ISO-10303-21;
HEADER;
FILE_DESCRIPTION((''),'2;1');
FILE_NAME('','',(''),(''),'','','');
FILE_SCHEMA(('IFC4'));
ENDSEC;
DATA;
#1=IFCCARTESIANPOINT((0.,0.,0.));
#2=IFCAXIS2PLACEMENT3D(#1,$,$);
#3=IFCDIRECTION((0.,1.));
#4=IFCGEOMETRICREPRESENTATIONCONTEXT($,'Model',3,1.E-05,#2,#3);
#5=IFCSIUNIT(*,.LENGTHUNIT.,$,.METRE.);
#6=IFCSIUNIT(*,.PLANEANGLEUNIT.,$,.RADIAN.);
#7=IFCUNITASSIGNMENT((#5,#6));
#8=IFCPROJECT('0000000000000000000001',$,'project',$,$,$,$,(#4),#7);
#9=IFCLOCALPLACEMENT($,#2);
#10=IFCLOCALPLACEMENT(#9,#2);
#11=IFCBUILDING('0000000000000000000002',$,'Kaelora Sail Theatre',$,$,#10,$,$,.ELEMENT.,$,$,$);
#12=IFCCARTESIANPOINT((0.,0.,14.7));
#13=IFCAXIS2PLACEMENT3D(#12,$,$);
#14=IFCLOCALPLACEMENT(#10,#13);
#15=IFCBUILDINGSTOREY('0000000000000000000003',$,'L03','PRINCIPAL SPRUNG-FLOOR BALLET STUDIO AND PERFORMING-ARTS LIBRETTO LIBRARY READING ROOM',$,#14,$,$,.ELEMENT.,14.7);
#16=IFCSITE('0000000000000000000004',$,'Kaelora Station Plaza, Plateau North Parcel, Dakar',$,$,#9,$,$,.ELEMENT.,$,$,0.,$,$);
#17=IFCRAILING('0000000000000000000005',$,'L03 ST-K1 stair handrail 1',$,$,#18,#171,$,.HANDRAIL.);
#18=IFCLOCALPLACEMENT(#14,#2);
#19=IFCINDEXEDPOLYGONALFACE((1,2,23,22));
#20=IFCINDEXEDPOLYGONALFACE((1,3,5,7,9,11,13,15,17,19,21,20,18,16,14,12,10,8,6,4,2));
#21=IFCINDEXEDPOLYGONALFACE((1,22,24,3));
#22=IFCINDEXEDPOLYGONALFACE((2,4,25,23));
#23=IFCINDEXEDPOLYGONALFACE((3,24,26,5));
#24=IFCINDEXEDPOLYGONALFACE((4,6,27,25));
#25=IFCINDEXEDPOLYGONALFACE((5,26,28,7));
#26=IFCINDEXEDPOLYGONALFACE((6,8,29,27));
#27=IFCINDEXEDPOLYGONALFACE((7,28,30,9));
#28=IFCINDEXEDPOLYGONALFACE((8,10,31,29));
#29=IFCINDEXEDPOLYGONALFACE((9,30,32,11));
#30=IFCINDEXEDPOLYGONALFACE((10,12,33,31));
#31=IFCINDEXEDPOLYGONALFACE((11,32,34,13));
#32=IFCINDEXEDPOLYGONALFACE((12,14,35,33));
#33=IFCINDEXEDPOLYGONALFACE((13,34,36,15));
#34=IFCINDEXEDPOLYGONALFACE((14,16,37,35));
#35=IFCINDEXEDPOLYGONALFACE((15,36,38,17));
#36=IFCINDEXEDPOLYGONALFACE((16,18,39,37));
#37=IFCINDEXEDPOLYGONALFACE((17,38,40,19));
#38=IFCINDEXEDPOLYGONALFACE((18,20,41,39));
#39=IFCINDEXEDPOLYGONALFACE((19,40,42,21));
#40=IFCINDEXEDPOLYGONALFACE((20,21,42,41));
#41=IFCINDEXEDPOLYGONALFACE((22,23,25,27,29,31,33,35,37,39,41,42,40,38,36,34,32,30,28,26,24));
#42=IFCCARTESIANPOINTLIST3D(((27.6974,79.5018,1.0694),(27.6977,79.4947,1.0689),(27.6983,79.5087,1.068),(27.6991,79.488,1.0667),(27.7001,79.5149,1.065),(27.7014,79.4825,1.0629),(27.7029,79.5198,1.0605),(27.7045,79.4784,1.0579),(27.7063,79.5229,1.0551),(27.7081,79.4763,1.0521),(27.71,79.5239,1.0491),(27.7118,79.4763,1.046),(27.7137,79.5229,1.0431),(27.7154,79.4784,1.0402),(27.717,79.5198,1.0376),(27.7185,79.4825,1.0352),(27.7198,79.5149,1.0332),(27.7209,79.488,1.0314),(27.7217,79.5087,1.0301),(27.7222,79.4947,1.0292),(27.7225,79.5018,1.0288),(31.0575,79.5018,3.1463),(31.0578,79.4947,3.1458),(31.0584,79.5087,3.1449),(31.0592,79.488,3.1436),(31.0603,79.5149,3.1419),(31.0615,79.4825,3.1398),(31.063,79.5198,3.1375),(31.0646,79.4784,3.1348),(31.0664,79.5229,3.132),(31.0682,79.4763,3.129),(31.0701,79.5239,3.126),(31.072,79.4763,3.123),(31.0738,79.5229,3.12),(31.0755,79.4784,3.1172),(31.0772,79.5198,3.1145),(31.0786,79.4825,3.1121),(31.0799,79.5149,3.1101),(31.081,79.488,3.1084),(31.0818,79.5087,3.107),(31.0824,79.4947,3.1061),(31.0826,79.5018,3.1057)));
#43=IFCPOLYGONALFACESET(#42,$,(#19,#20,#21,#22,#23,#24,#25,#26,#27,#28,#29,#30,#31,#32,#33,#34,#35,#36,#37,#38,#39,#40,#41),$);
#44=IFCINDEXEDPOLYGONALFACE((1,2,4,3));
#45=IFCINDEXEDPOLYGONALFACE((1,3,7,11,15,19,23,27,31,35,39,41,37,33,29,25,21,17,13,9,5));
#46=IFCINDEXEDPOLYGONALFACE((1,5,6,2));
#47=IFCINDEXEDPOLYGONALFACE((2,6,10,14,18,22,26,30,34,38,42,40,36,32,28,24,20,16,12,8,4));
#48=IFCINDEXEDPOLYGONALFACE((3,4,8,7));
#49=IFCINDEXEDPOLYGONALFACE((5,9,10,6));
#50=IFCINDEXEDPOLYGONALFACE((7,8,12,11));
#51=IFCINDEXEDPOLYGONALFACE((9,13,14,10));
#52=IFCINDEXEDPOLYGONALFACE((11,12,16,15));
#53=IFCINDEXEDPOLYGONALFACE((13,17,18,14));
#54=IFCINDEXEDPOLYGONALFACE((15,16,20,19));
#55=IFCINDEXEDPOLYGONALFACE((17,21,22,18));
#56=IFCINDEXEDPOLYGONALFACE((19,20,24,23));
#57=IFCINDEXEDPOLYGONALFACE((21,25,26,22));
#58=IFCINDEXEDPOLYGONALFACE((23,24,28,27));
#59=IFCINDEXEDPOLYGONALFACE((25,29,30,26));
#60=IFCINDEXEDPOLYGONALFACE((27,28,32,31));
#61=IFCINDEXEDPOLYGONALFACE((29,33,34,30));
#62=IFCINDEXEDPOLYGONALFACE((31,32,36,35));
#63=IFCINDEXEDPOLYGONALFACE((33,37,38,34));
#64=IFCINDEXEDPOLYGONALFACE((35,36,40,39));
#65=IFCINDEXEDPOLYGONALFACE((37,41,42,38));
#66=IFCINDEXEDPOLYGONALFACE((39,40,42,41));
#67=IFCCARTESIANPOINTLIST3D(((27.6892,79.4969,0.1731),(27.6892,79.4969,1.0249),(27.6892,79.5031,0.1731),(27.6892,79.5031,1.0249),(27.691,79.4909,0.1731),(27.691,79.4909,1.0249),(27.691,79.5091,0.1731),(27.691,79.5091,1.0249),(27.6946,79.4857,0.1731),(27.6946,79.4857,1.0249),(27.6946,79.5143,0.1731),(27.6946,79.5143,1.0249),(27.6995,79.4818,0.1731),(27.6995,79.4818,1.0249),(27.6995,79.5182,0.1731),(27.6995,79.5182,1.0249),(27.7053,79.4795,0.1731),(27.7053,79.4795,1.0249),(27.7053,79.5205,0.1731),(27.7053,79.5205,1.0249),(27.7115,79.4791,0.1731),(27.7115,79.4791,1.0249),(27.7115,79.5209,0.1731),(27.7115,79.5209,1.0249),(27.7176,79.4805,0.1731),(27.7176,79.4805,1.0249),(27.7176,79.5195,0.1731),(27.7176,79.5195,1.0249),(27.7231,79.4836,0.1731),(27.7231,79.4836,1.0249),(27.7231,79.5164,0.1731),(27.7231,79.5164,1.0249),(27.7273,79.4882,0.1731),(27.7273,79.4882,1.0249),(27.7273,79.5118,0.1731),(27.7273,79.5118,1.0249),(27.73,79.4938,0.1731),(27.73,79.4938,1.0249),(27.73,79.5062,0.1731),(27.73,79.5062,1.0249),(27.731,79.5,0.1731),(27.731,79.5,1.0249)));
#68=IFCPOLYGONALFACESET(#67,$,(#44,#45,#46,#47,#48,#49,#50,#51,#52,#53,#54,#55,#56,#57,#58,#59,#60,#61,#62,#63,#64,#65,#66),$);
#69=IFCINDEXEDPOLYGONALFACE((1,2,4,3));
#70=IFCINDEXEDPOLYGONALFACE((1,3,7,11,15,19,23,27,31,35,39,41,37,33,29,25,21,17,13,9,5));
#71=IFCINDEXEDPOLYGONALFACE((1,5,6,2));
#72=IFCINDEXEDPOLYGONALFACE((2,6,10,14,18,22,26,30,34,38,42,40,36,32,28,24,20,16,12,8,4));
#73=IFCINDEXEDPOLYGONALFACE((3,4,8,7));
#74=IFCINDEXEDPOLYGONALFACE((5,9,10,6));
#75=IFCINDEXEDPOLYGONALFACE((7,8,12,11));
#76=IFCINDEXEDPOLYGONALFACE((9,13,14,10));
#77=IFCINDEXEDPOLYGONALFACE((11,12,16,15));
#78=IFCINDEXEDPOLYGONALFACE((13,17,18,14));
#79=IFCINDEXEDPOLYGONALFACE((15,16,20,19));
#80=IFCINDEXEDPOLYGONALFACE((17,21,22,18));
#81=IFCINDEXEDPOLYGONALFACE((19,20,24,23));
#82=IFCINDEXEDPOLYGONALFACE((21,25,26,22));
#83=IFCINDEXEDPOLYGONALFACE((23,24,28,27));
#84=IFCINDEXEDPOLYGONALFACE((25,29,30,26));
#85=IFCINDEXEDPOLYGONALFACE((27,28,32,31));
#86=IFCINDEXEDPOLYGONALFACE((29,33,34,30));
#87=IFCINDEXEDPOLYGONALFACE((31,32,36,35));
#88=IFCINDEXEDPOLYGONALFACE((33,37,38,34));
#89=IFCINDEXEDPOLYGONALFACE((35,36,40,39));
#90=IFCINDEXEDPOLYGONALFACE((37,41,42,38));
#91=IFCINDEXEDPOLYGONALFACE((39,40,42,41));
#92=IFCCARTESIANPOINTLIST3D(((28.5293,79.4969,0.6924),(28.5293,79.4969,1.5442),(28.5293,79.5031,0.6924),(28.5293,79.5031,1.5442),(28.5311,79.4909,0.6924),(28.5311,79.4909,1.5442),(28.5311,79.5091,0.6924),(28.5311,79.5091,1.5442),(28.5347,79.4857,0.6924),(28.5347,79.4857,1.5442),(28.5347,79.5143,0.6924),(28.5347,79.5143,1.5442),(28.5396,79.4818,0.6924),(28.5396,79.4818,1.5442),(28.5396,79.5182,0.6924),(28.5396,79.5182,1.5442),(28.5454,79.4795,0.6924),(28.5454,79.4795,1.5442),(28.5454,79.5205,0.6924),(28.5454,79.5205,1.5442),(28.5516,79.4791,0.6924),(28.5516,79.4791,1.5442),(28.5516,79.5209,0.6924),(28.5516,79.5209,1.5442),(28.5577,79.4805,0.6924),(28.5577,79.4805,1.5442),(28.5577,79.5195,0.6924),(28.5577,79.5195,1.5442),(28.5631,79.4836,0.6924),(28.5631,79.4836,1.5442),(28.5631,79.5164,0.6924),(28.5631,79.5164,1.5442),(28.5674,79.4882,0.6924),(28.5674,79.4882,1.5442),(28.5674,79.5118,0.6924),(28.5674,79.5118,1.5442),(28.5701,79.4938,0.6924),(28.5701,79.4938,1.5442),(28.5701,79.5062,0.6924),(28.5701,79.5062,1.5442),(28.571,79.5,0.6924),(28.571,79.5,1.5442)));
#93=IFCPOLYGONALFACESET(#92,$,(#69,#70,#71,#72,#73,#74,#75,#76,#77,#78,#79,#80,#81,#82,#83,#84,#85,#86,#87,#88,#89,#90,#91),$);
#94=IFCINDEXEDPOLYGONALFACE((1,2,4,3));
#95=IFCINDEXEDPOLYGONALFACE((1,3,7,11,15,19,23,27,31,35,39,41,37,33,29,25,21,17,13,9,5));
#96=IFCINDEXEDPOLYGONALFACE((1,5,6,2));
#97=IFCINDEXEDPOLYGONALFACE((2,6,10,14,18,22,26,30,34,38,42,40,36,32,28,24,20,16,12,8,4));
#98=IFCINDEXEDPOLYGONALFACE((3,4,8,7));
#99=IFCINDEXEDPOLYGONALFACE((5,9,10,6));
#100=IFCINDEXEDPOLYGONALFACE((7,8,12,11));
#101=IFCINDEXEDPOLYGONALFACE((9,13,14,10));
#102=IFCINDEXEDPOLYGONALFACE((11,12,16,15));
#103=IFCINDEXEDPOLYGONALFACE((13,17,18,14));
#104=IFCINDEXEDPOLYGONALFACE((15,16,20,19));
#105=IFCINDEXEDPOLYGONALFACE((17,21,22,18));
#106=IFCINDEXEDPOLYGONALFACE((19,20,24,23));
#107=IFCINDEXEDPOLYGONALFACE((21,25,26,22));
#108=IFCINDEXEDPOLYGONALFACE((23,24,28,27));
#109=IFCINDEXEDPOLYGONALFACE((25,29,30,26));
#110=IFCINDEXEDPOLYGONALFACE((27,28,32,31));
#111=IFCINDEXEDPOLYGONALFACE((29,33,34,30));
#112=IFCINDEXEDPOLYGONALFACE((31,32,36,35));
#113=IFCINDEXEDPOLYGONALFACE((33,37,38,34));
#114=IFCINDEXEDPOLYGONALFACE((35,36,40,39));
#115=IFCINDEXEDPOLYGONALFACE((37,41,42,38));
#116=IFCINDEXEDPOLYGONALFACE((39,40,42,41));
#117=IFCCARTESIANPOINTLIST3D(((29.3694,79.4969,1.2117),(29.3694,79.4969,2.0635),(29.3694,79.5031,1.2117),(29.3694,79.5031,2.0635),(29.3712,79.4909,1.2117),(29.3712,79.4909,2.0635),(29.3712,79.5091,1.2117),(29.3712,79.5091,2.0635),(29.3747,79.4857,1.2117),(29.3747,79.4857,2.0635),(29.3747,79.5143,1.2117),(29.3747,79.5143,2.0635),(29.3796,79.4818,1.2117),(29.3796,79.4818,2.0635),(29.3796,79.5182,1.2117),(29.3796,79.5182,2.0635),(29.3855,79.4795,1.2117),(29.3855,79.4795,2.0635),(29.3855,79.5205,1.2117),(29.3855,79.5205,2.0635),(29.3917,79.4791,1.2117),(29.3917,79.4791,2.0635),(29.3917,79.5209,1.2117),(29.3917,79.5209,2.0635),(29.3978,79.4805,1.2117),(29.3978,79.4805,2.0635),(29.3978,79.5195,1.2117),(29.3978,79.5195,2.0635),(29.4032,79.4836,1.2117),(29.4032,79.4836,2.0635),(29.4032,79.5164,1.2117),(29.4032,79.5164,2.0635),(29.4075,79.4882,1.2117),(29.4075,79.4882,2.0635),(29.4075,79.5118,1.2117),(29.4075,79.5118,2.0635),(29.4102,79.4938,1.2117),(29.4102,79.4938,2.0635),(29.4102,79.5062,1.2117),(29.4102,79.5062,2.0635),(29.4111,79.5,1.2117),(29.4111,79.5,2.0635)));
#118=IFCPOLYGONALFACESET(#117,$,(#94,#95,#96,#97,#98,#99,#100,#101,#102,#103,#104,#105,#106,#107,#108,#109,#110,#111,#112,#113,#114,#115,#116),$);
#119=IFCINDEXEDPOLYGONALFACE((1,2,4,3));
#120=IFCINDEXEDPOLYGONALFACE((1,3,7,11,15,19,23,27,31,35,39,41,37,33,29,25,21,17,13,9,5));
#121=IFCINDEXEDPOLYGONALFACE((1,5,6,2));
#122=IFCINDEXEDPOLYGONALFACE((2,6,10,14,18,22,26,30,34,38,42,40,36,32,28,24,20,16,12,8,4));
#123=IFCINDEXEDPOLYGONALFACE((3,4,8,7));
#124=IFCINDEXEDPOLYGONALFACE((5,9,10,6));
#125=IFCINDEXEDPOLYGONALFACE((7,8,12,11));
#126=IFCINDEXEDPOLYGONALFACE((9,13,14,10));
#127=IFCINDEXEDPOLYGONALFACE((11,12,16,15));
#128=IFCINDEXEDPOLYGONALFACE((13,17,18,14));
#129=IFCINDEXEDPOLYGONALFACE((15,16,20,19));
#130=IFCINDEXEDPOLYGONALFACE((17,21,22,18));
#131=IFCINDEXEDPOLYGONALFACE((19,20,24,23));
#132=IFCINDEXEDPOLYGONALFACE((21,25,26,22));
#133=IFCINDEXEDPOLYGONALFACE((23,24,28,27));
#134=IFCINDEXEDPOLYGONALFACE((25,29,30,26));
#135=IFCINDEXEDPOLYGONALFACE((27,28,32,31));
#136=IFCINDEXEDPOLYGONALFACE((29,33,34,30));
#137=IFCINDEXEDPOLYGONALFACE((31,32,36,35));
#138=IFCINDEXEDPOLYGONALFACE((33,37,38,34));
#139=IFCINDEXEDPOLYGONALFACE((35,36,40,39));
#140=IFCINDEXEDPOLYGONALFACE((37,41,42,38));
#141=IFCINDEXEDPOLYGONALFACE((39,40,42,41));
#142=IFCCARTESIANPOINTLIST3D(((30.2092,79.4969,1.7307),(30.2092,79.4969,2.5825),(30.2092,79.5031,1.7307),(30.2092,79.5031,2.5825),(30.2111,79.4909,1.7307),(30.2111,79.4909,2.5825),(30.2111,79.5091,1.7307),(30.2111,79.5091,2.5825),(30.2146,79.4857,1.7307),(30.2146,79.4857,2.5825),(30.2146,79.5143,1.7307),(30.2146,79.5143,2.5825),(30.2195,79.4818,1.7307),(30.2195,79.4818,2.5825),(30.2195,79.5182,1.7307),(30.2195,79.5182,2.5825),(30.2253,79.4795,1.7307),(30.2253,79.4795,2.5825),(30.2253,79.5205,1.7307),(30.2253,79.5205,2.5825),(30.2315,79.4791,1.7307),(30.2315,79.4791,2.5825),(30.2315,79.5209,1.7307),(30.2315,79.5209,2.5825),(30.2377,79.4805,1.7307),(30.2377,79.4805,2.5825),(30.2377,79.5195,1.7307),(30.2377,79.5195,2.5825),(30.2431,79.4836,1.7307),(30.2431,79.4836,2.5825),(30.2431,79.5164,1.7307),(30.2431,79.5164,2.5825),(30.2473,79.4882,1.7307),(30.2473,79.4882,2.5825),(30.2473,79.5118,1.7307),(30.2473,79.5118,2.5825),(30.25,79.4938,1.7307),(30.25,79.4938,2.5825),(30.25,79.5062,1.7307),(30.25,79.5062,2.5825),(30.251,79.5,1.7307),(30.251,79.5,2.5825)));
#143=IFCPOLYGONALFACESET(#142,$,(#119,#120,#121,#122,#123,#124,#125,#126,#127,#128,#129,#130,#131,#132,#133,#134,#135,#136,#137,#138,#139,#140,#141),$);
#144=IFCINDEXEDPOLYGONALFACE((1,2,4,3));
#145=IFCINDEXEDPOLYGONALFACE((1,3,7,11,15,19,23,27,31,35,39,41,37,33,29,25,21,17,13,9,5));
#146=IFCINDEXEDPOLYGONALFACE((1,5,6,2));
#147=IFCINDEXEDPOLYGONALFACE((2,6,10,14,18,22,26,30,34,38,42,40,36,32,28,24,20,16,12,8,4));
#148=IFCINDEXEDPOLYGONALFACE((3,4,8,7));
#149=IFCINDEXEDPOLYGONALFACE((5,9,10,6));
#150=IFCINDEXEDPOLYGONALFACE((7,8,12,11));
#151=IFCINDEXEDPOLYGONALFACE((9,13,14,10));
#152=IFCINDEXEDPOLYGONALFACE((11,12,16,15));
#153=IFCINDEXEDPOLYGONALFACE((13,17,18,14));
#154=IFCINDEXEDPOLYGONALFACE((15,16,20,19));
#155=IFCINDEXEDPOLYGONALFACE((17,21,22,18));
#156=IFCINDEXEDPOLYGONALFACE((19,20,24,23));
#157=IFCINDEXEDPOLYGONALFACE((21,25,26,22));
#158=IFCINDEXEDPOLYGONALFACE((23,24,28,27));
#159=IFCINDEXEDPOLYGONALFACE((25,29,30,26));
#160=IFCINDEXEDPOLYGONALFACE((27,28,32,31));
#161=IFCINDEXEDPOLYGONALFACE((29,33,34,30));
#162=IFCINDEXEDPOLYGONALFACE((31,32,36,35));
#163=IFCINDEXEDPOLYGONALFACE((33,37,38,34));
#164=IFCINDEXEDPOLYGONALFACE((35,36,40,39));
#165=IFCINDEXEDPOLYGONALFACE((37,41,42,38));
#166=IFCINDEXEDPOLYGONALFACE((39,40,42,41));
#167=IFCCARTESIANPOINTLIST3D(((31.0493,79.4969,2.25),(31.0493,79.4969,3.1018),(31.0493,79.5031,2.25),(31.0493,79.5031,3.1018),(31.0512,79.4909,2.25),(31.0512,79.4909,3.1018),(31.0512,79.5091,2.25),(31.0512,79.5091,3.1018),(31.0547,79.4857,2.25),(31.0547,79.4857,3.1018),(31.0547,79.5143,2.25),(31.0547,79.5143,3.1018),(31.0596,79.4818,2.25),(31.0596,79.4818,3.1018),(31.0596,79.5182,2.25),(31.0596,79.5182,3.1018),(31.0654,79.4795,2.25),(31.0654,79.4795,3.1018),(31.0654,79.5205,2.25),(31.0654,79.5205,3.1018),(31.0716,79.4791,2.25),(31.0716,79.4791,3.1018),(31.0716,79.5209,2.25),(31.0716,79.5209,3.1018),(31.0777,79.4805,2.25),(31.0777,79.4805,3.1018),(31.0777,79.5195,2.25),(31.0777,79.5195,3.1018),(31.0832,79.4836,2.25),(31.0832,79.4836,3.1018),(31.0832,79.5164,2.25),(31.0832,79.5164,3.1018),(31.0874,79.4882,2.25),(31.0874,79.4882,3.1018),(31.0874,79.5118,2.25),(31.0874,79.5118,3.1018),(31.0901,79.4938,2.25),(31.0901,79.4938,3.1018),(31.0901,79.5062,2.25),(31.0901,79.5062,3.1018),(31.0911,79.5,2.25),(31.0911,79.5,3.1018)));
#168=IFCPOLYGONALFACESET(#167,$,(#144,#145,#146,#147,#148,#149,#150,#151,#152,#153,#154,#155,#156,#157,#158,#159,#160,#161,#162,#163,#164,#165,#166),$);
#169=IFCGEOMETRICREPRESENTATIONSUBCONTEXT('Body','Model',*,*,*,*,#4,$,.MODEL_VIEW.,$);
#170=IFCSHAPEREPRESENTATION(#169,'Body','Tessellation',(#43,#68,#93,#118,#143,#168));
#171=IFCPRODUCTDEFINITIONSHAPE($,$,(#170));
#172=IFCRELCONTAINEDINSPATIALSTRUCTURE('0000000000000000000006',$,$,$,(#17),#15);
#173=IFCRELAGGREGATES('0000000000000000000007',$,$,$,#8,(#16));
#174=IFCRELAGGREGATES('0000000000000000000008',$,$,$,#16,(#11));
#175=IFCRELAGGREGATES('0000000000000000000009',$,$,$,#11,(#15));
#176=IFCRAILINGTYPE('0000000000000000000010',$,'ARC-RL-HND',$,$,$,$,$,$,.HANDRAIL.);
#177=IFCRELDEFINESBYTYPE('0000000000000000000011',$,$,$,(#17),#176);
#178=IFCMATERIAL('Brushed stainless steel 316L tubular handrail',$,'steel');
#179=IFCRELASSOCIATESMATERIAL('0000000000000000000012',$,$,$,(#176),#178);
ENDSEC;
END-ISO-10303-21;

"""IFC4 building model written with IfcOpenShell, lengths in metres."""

from ifc_helpers import new_model, si_unit, direction, frame, origin, origin_2d, place, context, subcontext, project, spatial, circle, extrude, material, type_object, element, save


model = new_model("IFC4")

# Units and contexts
model_context = context("Model", 3, precision=1e-05, world=origin(), true_north=direction((0.0, 1.0)))
body_context = subcontext(model_context, "Body", "Model", "MODEL_VIEW")
ifc_project = project(units=[si_unit("LENGTHUNIT", "METRE"), si_unit("PLANEANGLEUNIT", "RADIAN")], contexts=[model_context])

# Site, building, storey
site_placement = place(None, origin())
site = spatial("IfcSite", under=ifc_project, at=site_placement, Name="Kaelora Station Plaza, Plateau North Parcel, Dakar", CompositionType="ELEMENT", RefElevation=0.0)
building_placement = place(site_placement, origin())
building = spatial("IfcBuilding", under=site, at=building_placement, Name="Kaelora Sail Theatre", CompositionType="ELEMENT")
storey_placement = place(building_placement, frame((0.0, 0.0, 14.7)))
storey = spatial("IfcBuildingStorey", under=building, at=storey_placement, Name="L03", Description="PRINCIPAL SPRUNG-FLOOR BALLET STUDIO AND PERFORMING-ARTS LIBRETTO LIBRARY READING ROOM", CompositionType="ELEMENT", Elevation=14.7)

# Railing
ifc_material_1 = material(Name="Brushed stainless steel 316L tubular handrail", Category="steel")
railing_type_1 = type_object("IfcRailingType", Name="ARC-RL-HND", PredefinedType="HANDRAIL", material=ifc_material_1)
railing_1_placement = place(storey_placement, frame((27.71, 79.5, 0.1731)))
element("IfcRailing", 1, at=railing_1_placement, inside=storey, type_object=railing_type_1, Name="L03 ST-K1 stair handrail 1", PredefinedType="HANDRAIL", context=body_context, shape_type="SweptSolid", body=[
    extrude(circle(Radius=0.0239, at=origin_2d()), frame((0.0, 0.0, 0.876), z_axis=(0.850623, 0.0, 0.525776), x_axis=(0.0, 1.0, 0.0)), (0.0, 0.0, 1.0), 3.9502),
    extrude(circle(Radius=0.021, at=origin_2d()), origin(), (0.0, 0.0, 1.0), 0.8518),
    extrude(circle(Radius=0.021, at=origin_2d()), frame((0.8401, 0.0, 0.5193)), (0.0, 0.0, 1.0), 0.8518),
    extrude(circle(Radius=0.021, at=origin_2d()), frame((1.6802, 0.0, 1.0386)), (0.0, 0.0, 1.0), 0.8518),
    extrude(circle(Radius=0.021, at=origin_2d()), frame((2.52, 0.0, 1.5576)), (0.0, 0.0, 1.0), 0.8518),
    extrude(circle(Radius=0.021, at=origin_2d()), frame((3.3601, 0.0, 2.0769)), (0.0, 0.0, 1.0), 0.8518),
])

save(model, "model.ifc")
